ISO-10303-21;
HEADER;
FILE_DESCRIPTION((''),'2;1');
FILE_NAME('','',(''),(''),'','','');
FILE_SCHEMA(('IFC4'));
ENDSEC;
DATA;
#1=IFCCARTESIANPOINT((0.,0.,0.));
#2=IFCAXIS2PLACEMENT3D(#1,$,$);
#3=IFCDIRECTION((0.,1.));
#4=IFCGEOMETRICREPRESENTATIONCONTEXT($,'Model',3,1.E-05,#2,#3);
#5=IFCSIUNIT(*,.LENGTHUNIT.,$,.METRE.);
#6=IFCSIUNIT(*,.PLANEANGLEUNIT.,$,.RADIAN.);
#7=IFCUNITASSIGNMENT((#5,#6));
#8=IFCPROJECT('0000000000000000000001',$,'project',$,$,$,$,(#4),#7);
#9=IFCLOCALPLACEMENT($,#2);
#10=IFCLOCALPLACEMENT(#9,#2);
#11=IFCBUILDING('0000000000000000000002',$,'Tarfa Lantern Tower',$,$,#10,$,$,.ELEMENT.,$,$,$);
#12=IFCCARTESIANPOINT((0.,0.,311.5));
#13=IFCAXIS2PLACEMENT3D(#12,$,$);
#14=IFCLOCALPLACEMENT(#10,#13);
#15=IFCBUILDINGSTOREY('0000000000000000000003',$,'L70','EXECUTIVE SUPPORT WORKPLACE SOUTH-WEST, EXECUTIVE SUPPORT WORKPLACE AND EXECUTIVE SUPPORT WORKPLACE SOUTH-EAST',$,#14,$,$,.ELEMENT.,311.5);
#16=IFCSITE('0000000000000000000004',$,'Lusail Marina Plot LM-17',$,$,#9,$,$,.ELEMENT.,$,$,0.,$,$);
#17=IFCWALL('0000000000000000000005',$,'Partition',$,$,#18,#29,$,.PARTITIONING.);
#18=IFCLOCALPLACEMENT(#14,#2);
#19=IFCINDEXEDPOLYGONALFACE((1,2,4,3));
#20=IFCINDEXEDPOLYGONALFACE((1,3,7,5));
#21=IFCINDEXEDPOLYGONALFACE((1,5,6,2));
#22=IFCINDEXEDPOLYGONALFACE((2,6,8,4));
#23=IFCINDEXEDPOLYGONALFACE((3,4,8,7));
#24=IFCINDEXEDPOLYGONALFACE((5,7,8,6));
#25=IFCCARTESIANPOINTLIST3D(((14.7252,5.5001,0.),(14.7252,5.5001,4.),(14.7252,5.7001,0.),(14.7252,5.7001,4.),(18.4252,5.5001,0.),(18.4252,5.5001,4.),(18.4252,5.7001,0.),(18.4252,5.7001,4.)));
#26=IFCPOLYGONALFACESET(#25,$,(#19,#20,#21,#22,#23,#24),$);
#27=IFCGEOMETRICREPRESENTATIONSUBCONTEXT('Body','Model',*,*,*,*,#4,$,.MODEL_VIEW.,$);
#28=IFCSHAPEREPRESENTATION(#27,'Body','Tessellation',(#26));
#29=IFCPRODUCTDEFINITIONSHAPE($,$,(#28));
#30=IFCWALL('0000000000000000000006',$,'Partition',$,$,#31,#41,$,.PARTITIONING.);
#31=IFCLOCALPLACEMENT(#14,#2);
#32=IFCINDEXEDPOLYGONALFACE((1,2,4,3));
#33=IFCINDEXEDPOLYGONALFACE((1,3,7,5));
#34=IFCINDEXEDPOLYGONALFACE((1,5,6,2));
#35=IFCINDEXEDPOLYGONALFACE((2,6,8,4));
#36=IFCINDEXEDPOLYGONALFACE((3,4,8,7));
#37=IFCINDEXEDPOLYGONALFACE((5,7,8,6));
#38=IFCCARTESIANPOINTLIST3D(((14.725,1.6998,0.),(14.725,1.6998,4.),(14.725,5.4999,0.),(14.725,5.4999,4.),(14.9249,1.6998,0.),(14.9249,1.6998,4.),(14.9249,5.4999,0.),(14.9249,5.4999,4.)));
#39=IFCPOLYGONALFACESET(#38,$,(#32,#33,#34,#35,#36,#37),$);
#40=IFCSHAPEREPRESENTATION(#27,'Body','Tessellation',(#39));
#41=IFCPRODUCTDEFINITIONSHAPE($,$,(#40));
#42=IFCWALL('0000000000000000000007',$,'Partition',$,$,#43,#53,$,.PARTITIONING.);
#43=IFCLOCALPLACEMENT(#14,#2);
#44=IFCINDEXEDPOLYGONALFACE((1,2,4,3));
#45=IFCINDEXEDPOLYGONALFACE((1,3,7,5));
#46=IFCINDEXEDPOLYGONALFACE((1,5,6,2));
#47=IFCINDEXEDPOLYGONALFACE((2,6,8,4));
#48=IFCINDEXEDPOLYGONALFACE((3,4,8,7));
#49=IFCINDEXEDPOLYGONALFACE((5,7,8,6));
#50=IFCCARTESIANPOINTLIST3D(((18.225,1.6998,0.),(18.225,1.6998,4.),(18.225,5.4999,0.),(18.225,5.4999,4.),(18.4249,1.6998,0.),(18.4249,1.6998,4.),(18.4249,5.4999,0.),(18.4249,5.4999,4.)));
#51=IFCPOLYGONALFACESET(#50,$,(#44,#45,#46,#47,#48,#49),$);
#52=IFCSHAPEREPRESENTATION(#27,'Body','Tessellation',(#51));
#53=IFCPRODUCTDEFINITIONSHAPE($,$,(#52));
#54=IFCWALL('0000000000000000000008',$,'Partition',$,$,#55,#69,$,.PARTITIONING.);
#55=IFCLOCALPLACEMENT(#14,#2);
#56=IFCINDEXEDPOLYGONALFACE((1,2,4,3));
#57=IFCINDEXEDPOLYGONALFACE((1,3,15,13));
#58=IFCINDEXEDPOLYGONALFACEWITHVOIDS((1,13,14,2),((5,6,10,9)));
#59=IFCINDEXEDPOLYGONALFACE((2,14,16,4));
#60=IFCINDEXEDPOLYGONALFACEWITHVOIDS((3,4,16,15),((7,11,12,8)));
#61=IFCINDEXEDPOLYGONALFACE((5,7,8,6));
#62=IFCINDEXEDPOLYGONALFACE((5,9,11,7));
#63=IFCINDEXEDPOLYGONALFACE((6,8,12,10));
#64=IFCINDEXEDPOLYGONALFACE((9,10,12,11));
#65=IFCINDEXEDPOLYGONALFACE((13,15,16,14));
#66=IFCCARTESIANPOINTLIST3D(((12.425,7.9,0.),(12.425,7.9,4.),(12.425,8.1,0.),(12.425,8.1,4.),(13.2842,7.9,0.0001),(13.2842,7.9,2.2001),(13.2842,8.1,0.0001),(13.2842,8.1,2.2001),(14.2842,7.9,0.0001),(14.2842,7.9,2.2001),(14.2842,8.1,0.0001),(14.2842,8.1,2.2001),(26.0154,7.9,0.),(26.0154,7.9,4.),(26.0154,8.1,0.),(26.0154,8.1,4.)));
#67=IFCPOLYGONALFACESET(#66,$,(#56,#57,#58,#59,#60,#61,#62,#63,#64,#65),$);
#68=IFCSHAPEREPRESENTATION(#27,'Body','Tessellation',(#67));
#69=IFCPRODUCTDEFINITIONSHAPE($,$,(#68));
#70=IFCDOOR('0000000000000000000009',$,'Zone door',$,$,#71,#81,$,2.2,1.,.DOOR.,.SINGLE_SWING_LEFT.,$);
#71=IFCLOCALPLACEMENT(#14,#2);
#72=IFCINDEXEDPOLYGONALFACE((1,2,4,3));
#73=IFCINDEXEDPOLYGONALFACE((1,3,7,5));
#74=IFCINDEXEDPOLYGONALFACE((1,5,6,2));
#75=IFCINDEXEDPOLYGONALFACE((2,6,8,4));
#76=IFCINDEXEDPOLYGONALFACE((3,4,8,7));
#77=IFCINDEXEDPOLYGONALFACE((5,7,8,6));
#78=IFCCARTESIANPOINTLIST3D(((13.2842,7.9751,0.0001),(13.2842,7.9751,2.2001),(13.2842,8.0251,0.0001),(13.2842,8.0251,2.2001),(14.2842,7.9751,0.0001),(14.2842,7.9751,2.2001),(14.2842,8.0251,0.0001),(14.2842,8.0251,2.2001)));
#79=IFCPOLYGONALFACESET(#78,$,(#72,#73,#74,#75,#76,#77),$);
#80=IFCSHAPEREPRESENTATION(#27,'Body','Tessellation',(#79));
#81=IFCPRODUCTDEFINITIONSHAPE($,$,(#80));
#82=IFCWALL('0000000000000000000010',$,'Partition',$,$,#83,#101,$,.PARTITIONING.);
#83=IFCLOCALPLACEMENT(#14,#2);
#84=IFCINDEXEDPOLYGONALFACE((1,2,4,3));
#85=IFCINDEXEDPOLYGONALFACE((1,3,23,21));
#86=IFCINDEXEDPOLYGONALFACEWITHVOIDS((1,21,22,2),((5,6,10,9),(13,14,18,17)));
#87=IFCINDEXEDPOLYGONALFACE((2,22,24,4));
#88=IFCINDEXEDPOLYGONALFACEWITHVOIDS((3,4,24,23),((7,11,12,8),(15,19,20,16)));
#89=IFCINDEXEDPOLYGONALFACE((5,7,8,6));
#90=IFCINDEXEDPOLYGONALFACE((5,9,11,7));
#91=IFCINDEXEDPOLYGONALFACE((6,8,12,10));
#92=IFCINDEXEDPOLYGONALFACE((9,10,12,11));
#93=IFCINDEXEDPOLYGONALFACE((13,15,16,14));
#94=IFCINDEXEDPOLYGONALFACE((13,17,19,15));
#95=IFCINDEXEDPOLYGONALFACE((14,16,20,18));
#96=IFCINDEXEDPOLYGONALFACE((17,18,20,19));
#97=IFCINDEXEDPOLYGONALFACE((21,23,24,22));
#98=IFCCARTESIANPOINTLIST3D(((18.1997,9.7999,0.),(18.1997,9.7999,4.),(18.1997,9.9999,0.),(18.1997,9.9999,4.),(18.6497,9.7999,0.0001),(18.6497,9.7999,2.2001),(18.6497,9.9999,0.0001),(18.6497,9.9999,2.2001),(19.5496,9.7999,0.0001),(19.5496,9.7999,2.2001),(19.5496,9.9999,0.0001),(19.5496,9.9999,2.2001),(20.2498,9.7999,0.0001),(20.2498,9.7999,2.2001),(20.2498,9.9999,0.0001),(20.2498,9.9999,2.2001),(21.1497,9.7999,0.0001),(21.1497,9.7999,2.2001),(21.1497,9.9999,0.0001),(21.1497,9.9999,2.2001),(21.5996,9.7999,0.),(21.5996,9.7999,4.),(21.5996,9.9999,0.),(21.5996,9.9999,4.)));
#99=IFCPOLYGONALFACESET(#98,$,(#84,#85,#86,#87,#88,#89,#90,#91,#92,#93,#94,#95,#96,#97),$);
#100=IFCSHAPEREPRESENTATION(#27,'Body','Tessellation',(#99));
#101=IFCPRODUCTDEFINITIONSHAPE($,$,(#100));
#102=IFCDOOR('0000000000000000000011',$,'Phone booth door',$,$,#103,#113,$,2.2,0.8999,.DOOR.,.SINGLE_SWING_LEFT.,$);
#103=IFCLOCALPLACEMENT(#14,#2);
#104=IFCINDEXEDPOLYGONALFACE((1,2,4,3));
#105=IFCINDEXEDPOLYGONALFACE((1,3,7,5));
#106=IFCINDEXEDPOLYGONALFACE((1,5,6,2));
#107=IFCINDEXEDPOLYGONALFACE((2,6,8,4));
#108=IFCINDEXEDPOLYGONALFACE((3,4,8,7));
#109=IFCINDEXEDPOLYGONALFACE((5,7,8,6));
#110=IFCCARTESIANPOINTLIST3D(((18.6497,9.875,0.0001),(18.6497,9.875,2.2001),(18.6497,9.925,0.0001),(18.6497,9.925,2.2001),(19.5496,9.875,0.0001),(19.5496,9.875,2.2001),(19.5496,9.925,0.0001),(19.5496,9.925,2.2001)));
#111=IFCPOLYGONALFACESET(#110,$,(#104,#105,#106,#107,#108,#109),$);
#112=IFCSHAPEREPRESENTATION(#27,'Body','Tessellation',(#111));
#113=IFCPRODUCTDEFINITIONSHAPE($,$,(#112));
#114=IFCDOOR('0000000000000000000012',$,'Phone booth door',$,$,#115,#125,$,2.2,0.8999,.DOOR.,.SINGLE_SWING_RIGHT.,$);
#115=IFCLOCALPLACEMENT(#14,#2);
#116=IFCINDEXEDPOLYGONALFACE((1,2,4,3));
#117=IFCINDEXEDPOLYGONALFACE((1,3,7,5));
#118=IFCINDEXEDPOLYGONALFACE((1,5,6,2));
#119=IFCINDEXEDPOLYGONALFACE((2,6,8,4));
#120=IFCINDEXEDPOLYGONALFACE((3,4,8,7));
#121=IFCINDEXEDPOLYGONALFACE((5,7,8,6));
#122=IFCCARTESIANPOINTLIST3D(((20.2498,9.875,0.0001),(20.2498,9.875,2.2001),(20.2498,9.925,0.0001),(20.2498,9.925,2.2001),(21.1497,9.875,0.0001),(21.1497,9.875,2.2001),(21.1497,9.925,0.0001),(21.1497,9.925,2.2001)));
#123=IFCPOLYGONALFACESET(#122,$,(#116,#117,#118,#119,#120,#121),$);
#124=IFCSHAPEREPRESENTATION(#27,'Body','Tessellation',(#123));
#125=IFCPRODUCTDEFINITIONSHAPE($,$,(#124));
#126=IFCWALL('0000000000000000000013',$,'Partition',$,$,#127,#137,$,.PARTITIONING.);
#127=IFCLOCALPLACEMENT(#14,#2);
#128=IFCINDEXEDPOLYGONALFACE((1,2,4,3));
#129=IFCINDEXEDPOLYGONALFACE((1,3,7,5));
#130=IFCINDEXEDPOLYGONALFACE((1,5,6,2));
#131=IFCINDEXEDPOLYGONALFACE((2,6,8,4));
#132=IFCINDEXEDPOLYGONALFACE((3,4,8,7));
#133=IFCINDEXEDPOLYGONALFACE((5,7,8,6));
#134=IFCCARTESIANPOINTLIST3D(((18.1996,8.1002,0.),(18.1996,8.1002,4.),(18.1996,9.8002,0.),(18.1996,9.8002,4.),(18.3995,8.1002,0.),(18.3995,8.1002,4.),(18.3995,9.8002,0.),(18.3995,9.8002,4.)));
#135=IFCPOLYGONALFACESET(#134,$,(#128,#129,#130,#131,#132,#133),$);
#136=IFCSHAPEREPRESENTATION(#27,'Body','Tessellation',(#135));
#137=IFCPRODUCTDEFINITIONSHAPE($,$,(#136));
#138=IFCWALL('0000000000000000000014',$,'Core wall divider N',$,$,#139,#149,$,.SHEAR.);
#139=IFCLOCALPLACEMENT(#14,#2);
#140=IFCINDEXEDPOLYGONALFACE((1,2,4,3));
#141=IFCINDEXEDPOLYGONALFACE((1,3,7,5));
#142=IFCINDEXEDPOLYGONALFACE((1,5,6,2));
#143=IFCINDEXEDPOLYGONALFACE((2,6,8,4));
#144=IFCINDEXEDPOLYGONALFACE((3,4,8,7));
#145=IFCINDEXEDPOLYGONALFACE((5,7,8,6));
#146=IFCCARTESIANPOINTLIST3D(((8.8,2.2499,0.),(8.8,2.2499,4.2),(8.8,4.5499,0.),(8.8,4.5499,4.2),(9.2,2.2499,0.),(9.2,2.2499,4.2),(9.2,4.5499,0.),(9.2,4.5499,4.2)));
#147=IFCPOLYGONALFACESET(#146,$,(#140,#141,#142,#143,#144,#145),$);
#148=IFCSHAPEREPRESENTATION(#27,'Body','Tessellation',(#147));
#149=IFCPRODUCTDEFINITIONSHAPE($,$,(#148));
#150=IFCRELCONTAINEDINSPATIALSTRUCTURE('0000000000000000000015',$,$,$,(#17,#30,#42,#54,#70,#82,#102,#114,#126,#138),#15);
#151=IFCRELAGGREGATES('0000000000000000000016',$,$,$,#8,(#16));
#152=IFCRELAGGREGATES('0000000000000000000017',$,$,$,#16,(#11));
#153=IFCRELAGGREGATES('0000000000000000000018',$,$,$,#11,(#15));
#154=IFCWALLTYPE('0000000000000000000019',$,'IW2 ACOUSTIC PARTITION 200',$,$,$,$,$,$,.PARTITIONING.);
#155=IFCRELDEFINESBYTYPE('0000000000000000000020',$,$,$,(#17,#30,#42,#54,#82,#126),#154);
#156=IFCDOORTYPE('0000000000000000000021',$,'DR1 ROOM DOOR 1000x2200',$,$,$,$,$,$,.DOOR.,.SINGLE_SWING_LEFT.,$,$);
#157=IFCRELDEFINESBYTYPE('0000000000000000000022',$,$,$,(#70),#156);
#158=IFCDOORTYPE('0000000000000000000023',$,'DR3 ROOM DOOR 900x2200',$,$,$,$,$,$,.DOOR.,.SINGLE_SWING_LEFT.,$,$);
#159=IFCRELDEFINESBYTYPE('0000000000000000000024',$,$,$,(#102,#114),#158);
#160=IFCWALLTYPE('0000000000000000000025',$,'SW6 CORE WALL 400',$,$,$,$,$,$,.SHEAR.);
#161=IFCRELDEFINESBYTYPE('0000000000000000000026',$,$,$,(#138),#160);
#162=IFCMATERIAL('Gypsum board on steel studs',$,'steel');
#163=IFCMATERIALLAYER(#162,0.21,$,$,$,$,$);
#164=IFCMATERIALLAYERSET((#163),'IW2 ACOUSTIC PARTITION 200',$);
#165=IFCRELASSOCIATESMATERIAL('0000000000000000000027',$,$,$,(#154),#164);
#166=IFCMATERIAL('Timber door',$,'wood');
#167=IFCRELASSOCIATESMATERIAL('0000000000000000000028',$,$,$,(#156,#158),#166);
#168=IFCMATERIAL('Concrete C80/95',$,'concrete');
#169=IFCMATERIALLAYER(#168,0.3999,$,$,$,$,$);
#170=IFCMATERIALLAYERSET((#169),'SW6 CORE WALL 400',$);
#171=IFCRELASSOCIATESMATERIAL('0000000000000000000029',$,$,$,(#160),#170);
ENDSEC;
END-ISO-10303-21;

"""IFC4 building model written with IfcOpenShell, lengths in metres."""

from ifc_helpers import new_model, si_unit, direction, frame, frame_2d, origin, place, context, subcontext, project, spatial, rectangle, extrude, material, layer, layer_set, type_object, element, fill, save


model = new_model("IFC4")

# Units and contexts
model_context = context("Model", 3, precision=1e-05, world=origin(), true_north=direction((0.0, 1.0)))
body_context = subcontext(model_context, "Body", "Model", "MODEL_VIEW")
ifc_project = project(units=[si_unit("LENGTHUNIT", "METRE"), si_unit("PLANEANGLEUNIT", "RADIAN")], contexts=[model_context])

# Site, building, storey
site_placement = place(None, origin())
site = spatial("IfcSite", under=ifc_project, at=site_placement, Name="Lusail Marina Plot LM-17", CompositionType="ELEMENT", RefElevation=0.0)
building_placement = place(site_placement, origin())
building = spatial("IfcBuilding", under=site, at=building_placement, Name="Tarfa Lantern Tower", CompositionType="ELEMENT")
storey_placement = place(building_placement, frame((0.0, 0.0, 311.5)))
storey = spatial("IfcBuildingStorey", under=building, at=storey_placement, Name="L70", Description="EXECUTIVE SUPPORT WORKPLACE SOUTH-WEST, EXECUTIVE SUPPORT WORKPLACE AND EXECUTIVE SUPPORT WORKPLACE SOUTH-EAST", CompositionType="ELEMENT", Elevation=311.5)

# Shared definitions
ifc_material_1 = material(Name="Gypsum board on steel studs", Category="steel")
ifc_layer_1 = layer(ifc_material_1, 0.21)
ifc_layer_set_1 = layer_set([ifc_layer_1], Name="IW2 ACOUSTIC PARTITION 200")
wall_type_1 = type_object("IfcWallType", Name="IW2 ACOUSTIC PARTITION 200", PredefinedType="PARTITIONING", material=ifc_layer_set_1)

# Shared definitions
ifc_material_2 = material(Name="Timber door", Category="wood")
door_type_1 = type_object("IfcDoorType", Name="DR1 ROOM DOOR 1000x2200", OperationType="SINGLE_SWING_LEFT", PredefinedType="DOOR", material=ifc_material_2)

# Walls
wall_1_placement = place(storey_placement, frame((14.7251, 5.6001, 0.0), z_axis=(0.0, 0.0, 1.0), x_axis=(1.0, 0.0, 0.0)))
element("IfcWall", 1, at=wall_1_placement, inside=storey, type_object=wall_type_1, Name="Partition", PredefinedType="PARTITIONING", context=body_context, shape_type="SweptSolid", body=[
    extrude(rectangle(XDim=3.7, YDim=0.2, at=frame_2d((1.8501, 0.0))), origin(), (0.0, 0.0, 1.0), 4.0),
])
for number, where, z_axis, x_axis, name in (
    (2, (14.825, 1.7, 0.0), (0.0, 0.0, 1.0), (0.0, 1.0, 0.0), "Partition"),
    (3, (18.325, 1.7, 0.0), (0.0, 0.0, 1.0), (0.0, 1.0, 0.0), "Partition"),
):
    element("IfcWall", number, at=place(storey_placement, frame(where, z_axis=z_axis, x_axis=x_axis)), inside=storey, type_object=wall_type_1, Name=name, PredefinedType="PARTITIONING", context=body_context, shape_type="SweptSolid", body=[
        extrude(rectangle(XDim=3.8, YDim=0.2, at=frame_2d((1.8999, 0.0))), origin(), (0.0, 0.0, 1.0), 4.0),
    ])

# Wall, opening, door
wall_2_placement = place(storey_placement, frame((12.425, 8.0, 0.0), z_axis=(0.0, 0.0, 1.0), x_axis=(1.0, 0.0, 0.0)))
wall_2 = element("IfcWall", 4, at=wall_2_placement, inside=storey, type_object=wall_type_1, Name="Partition", PredefinedType="PARTITIONING", context=body_context, shape_type="SweptSolid", body=[
    extrude(rectangle(XDim=13.5903, YDim=0.2, at=frame_2d((6.7952, 0.0))), origin(), (0.0, 0.0, 1.0), 4.0),
])
opening_1_placement = place(wall_2_placement, frame((0.8591, 0.0, 0.0)))
opening_1 = element("IfcOpeningElement", 5, at=opening_1_placement, cuts=wall_2, PredefinedType="OPENING", context=body_context, shape_type="SweptSolid", body=[
    extrude(rectangle(XDim=1.0, YDim=2.2, at=frame_2d((0.5, 1.1001))), frame((0.0, 0.1099, 0.0), z_axis=(0.0, -1.0, 0.0), x_axis=(1.0, 0.0, 0.0)), (0.0, 0.0, 1.0), 0.22),
])
door_1_placement = place(opening_1_placement, frame((1.0, 0.0, 0.0), z_axis=(0.0, 0.0, 1.0), x_axis=(-1.0, 0.0, 0.0)))
door_1 = element("IfcDoor", 6, at=door_1_placement, inside=storey, type_object=door_type_1, Name="Zone door", OperationType="SINGLE_SWING_LEFT", OverallHeight=2.2, OverallWidth=1.0, PredefinedType="DOOR", context=body_context, shape_type="SweptSolid", body=[
    extrude(rectangle(XDim=1.0, YDim=2.2, at=frame_2d((0.5, 1.1001))), frame((0.0, 0.0249, 0.0), z_axis=(0.0, -1.0, 0.0), x_axis=(1.0, 0.0, 0.0)), (0.0, 0.0, 1.0), 0.05),
])
fill(opening_1, door_1)

# Wall, openings, doors
wall_3_placement = place(storey_placement, frame((18.1997, 9.8999, 0.0), z_axis=(0.0, 0.0, 1.0), x_axis=(1.0, 0.0, 0.0)))
wall_3 = element("IfcWall", 7, at=wall_3_placement, inside=storey, type_object=wall_type_1, Name="Partition", PredefinedType="PARTITIONING", context=body_context, shape_type="SweptSolid", body=[
    extrude(rectangle(XDim=3.3999, YDim=0.2, at=frame_2d((1.7, 0.0))), origin(), (0.0, 0.0, 1.0), 4.0),
])
opening_2_placement = place(wall_3_placement, frame((0.45, 0.0, 0.0)))
opening_2 = element("IfcOpeningElement", 8, at=opening_2_placement, cuts=wall_3, PredefinedType="OPENING", context=body_context, shape_type="SweptSolid", body=[
    extrude(rectangle(XDim=0.8999, YDim=2.2, at=frame_2d((0.45, 1.1001))), frame((0.0, 0.1099, 0.0), z_axis=(0.0, -1.0, 0.0), x_axis=(1.0, 0.0, 0.0)), (0.0, 0.0, 1.0), 0.22),
])
opening_3_placement = place(wall_3_placement, frame((2.05, 0.0, 0.0)))
opening_3 = element("IfcOpeningElement", 9, at=opening_3_placement, cuts=wall_3, PredefinedType="OPENING", context=body_context, shape_type="SweptSolid", body=[
    extrude(rectangle(XDim=0.8999, YDim=2.2, at=frame_2d((0.45, 1.1001))), frame((0.0, 0.1099, 0.0), z_axis=(0.0, -1.0, 0.0), x_axis=(1.0, 0.0, 0.0)), (0.0, 0.0, 1.0), 0.22),
])
door_type_2 = type_object("IfcDoorType", Name="DR3 ROOM DOOR 900x2200", OperationType="SINGLE_SWING_LEFT", PredefinedType="DOOR", material=ifc_material_2)
door_2_placement = place(opening_2_placement, frame((0.8999, 0.0, 0.0), z_axis=(0.0, 0.0, 1.0), x_axis=(-1.0, 0.0, 0.0)))
door_2 = element("IfcDoor", 10, at=door_2_placement, inside=storey, type_object=door_type_2, Name="Phone booth door", OperationType="SINGLE_SWING_LEFT", OverallHeight=2.2, OverallWidth=0.8999, PredefinedType="DOOR", context=body_context, shape_type="SweptSolid", body=[
    extrude(rectangle(XDim=0.8999, YDim=2.2, at=frame_2d((0.45, 1.1001))), frame((0.0, 0.0249, 0.0), z_axis=(0.0, -1.0, 0.0), x_axis=(1.0, 0.0, 0.0)), (0.0, 0.0, 1.0), 0.05),
])
fill(opening_2, door_2)
door_3_placement = place(opening_3_placement, frame((0.8999, 0.0, 0.0), z_axis=(0.0, 0.0, 1.0), x_axis=(-1.0, 0.0, 0.0)))
door_3 = element("IfcDoor", 11, at=door_3_placement, inside=storey, type_object=door_type_2, Name="Phone booth door", OperationType="SINGLE_SWING_RIGHT", OverallHeight=2.2, OverallWidth=0.8999, PredefinedType="DOOR", context=body_context, shape_type="SweptSolid", body=[
    extrude(rectangle(XDim=0.8999, YDim=2.2, at=frame_2d((0.45, 1.1001))), frame((0.0, 0.0249, 0.0), z_axis=(0.0, -1.0, 0.0), x_axis=(1.0, 0.0, 0.0)), (0.0, 0.0, 1.0), 0.05),
])
fill(opening_3, door_3)

# Walls
wall_4_placement = place(storey_placement, frame((18.2996, 8.1001, 0.0), z_axis=(0.0, 0.0, 1.0), x_axis=(0.0, 1.0, 0.0)))
element("IfcWall", 12, at=wall_4_placement, inside=storey, type_object=wall_type_1, Name="Partition", PredefinedType="PARTITIONING", context=body_context, shape_type="SweptSolid", body=[
    extrude(rectangle(XDim=1.7, YDim=0.2, at=frame_2d((0.8501, 0.0))), origin(), (0.0, 0.0, 1.0), 4.0),
])
ifc_material_3 = material(Name="Concrete C80/95", Category="concrete")
ifc_layer_2 = layer(ifc_material_3, 0.3999)
ifc_layer_set_2 = layer_set([ifc_layer_2], Name="SW6 CORE WALL 400")
wall_type_2 = type_object("IfcWallType", Name="SW6 CORE WALL 400", PredefinedType="SHEAR", material=ifc_layer_set_2)
wall_5_placement = place(storey_placement, frame((9.0, 2.25, 0.0), z_axis=(0.0, 0.0, 1.0), x_axis=(0.0, 1.0, 0.0)))
element("IfcWall", 13, at=wall_5_placement, inside=storey, type_object=wall_type_2, Name="Core wall divider N", PredefinedType="SHEAR", context=body_context, shape_type="SweptSolid", body=[
    extrude(rectangle(XDim=2.3, YDim=0.3999, at=frame_2d((1.1499, 0.0))), origin(), (0.0, 0.0, 1.0), 4.2),
])

save(model, "model.ifc")
